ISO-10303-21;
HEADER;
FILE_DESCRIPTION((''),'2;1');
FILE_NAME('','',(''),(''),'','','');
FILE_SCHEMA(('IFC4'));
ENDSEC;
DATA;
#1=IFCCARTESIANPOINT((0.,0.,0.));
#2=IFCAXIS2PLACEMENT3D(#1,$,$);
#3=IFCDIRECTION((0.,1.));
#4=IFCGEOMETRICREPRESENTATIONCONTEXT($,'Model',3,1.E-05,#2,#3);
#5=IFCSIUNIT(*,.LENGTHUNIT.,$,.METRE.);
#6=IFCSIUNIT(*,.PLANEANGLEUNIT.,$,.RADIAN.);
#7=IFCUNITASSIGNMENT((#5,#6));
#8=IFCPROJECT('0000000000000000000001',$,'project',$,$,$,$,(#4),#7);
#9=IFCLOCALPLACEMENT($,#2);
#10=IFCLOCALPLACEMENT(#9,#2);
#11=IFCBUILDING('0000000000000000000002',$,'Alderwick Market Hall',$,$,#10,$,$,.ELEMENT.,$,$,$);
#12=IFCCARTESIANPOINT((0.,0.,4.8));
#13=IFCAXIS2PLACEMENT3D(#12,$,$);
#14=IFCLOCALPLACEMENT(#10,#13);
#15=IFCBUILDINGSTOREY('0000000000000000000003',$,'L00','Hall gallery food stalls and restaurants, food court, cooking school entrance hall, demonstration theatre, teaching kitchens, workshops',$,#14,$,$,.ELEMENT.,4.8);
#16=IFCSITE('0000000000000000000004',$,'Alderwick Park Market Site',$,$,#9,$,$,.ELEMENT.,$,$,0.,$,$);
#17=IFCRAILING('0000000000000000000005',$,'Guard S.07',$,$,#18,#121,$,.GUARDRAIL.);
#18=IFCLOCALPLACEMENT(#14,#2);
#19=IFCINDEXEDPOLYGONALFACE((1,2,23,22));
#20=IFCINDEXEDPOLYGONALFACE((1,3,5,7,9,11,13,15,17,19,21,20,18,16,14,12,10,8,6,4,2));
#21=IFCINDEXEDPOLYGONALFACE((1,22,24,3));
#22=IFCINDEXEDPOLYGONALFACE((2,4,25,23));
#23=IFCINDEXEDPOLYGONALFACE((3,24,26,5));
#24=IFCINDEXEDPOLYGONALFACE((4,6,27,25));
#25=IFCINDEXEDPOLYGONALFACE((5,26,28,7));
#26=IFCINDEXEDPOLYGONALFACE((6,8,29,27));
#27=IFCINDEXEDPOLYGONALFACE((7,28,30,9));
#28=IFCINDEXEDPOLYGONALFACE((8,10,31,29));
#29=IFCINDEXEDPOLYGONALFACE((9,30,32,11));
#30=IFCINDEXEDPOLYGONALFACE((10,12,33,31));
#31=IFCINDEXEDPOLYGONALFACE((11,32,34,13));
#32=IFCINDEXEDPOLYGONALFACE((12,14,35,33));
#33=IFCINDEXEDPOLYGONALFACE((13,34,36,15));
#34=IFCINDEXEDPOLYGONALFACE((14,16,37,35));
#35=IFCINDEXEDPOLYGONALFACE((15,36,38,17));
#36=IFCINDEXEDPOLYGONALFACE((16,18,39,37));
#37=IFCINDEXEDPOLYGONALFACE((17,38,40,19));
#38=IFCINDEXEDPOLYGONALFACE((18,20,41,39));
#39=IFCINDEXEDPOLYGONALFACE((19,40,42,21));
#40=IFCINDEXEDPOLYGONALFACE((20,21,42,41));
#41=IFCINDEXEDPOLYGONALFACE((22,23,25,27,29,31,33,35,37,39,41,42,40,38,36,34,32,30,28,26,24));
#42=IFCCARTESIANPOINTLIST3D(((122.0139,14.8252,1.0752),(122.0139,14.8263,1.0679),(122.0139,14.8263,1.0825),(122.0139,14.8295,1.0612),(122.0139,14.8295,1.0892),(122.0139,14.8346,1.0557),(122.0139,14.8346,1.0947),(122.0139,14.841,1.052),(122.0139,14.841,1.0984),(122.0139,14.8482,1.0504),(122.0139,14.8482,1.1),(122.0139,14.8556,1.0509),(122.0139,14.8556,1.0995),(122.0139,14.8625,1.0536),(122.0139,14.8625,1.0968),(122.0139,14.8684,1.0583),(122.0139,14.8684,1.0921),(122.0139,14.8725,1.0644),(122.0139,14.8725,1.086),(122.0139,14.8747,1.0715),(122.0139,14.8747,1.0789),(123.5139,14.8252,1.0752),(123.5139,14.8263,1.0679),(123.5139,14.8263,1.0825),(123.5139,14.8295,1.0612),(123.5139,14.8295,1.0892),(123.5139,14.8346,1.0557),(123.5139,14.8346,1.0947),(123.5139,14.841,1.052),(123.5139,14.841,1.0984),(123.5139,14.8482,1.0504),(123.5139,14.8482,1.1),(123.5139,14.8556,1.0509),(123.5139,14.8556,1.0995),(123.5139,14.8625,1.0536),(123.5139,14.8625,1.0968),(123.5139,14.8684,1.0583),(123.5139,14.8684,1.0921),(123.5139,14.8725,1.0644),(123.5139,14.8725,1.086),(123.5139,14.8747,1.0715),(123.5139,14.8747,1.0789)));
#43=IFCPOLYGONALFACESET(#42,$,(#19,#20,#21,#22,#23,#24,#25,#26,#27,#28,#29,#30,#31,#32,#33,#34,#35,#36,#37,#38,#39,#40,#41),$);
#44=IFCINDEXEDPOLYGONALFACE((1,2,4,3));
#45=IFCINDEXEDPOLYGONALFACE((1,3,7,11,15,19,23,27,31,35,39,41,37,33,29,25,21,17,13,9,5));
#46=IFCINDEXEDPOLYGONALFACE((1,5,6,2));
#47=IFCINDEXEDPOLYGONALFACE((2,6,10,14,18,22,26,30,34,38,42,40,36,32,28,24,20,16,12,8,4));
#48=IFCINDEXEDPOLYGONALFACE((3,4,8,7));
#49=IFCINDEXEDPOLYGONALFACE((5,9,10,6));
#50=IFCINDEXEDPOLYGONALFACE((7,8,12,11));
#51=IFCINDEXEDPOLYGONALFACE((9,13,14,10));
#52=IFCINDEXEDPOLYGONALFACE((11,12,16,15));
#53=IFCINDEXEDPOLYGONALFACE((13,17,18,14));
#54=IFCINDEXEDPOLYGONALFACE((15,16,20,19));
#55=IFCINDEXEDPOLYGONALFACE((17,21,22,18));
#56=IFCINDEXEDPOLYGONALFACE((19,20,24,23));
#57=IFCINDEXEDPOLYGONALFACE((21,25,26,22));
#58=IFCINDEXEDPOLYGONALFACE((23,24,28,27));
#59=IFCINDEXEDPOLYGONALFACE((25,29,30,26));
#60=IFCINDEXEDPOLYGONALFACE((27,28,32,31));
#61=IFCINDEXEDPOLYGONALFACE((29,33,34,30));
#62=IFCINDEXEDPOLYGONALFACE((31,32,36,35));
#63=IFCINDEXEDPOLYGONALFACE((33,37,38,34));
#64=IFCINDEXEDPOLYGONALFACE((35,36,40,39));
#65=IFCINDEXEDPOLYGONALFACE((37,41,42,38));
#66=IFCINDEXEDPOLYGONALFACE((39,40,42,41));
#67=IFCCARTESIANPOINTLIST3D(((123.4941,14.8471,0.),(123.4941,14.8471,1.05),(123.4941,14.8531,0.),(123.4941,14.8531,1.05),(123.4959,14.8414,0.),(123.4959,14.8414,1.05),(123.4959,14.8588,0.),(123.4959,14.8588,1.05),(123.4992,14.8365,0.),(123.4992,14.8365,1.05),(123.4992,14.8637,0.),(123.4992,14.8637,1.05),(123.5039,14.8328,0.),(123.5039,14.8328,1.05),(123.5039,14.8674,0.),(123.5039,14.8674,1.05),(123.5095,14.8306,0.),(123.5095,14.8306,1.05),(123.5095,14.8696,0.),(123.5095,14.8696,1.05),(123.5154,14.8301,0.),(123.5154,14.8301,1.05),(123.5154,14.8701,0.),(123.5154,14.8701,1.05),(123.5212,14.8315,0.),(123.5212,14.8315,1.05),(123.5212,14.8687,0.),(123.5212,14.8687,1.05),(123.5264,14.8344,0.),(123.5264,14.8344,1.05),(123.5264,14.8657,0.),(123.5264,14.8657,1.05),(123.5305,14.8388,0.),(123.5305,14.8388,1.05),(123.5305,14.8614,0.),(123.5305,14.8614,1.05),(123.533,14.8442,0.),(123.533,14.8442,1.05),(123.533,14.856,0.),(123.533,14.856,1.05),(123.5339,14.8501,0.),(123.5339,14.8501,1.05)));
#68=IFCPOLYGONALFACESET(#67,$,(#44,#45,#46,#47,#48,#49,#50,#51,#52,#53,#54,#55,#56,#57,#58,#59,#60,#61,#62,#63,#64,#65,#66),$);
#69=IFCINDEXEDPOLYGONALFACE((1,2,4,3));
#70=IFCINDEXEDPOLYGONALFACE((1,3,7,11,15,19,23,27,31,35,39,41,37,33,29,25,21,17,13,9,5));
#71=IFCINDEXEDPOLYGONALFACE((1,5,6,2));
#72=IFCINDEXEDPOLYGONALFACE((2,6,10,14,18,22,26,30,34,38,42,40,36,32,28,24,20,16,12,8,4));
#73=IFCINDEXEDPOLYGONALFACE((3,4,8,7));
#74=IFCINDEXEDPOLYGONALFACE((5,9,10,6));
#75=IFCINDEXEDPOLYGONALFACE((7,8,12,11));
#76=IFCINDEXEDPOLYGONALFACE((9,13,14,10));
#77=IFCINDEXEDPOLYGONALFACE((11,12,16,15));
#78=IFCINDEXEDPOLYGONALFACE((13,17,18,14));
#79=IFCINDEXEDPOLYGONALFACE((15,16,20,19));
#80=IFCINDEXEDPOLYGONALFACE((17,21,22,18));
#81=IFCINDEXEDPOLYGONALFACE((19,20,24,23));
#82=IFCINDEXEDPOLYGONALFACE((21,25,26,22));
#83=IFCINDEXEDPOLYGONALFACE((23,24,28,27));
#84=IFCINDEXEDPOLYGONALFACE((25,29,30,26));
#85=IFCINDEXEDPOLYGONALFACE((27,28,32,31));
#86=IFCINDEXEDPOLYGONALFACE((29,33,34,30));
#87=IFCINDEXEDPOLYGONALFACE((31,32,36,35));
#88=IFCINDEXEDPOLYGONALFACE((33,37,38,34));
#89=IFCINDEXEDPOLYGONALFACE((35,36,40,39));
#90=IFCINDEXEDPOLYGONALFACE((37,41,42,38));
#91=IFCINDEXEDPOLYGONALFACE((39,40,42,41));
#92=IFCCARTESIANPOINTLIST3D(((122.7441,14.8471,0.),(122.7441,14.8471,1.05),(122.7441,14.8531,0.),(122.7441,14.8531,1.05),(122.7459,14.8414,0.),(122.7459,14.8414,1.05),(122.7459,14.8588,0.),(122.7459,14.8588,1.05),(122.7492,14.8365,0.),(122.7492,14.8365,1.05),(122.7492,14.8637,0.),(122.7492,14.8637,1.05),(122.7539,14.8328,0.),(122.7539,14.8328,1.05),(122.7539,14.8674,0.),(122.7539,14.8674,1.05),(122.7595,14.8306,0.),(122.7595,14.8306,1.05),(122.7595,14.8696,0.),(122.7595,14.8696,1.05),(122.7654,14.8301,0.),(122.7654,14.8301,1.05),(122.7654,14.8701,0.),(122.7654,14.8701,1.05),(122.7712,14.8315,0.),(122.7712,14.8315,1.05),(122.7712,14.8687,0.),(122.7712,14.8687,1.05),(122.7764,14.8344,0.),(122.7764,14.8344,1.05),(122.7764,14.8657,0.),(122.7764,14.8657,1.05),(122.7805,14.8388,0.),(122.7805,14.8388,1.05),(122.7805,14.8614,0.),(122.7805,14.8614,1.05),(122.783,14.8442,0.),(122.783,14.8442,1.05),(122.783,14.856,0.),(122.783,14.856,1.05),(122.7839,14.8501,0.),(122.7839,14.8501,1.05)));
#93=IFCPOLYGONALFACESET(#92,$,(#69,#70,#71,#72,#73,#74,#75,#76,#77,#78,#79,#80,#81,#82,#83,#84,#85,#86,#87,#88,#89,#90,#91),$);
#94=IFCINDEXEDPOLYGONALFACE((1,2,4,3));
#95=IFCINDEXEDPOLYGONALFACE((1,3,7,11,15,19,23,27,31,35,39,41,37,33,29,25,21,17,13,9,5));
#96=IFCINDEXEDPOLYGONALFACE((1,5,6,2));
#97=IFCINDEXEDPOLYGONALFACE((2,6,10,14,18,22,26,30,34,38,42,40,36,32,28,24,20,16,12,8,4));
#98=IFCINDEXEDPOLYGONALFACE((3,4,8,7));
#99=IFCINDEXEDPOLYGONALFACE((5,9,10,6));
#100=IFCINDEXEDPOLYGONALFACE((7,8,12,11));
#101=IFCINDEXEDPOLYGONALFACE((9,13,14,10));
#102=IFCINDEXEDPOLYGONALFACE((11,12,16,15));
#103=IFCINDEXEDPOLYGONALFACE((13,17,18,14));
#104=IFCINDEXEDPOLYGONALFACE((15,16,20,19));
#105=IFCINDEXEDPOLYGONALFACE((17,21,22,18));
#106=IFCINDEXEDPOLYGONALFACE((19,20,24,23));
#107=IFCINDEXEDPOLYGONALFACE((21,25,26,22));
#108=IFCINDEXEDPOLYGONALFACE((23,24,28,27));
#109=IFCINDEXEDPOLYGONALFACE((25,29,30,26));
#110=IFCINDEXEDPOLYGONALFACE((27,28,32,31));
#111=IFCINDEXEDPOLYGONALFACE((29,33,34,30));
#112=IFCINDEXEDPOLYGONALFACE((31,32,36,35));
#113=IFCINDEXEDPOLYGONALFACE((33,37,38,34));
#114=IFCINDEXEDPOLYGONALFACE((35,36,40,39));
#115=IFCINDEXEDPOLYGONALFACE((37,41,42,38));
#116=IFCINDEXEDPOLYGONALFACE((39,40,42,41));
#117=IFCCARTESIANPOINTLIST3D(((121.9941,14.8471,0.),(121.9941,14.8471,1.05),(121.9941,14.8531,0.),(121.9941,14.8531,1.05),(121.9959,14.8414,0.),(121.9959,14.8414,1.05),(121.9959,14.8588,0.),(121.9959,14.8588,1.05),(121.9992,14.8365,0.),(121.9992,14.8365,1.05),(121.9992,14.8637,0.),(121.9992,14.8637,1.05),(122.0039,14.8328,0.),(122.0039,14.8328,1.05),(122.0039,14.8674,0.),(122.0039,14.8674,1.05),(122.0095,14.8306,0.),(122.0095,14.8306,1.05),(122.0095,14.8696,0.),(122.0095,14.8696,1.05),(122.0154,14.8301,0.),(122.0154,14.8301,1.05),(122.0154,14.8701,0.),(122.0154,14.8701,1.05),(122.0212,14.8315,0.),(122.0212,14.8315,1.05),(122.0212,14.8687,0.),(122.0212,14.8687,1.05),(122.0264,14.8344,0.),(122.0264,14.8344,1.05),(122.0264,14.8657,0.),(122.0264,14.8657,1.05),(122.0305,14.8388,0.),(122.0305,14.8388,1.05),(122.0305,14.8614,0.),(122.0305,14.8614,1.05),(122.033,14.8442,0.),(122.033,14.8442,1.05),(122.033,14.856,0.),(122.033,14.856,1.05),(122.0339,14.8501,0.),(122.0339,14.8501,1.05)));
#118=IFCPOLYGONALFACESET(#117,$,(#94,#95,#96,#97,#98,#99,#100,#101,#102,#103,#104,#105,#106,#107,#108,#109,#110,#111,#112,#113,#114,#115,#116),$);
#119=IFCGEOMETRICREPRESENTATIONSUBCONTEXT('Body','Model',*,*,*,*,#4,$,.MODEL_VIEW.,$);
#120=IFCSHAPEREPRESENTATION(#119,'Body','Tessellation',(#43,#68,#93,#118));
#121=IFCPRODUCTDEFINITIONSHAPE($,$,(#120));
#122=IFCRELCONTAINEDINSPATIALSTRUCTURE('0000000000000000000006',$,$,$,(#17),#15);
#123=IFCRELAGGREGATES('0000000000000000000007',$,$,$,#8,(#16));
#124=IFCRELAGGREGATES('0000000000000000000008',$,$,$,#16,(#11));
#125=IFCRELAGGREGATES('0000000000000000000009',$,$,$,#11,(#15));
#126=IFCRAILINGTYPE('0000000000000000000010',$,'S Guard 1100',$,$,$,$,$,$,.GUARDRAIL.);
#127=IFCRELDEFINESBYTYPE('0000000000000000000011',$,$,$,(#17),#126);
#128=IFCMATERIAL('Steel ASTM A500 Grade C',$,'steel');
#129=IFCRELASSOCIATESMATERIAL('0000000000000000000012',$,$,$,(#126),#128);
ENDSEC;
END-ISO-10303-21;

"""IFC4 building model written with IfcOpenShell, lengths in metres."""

from ifc_helpers import new_model, si_unit, direction, frame, origin, origin_2d, place, context, subcontext, project, spatial, circle, extrude, material, type_object, element, save


model = new_model("IFC4")

# Units and contexts
model_context = context("Model", 3, precision=1e-05, world=origin(), true_north=direction((0.0, 1.0)))
body_context = subcontext(model_context, "Body", "Model", "MODEL_VIEW")
ifc_project = project(units=[si_unit("LENGTHUNIT", "METRE"), si_unit("PLANEANGLEUNIT", "RADIAN")], contexts=[model_context])

# Site, building, storey
site_placement = place(None, origin())
site = spatial("IfcSite", under=ifc_project, at=site_placement, Name="Alderwick Park Market Site", CompositionType="ELEMENT", RefElevation=0.0)
building_placement = place(site_placement, origin())
building = spatial("IfcBuilding", under=site, at=building_placement, Name="Alderwick Market Hall", CompositionType="ELEMENT")
storey_placement = place(building_placement, frame((0.0, 0.0, 4.8)))
storey = spatial("IfcBuildingStorey", under=building, at=storey_placement, Name="L00", Description="Hall gallery food stalls and restaurants, food court, cooking school entrance hall, demonstration theatre, teaching kitchens, workshops", CompositionType="ELEMENT", Elevation=4.8)

# Shared definitions
ifc_material_1 = material(Name="Steel ASTM A500 Grade C", Category="steel")

# Railing
railing_type_1 = type_object("IfcRailingType", Name="S Guard 1100", PredefinedType="GUARDRAIL", material=ifc_material_1)
railing_1_placement = place(storey_placement, frame((123.5139, 14.8501, 0.0)))
element("IfcRailing", 1, at=railing_1_placement, inside=storey, type_object=railing_type_1, Name="Guard S.07", PredefinedType="GUARDRAIL", context=body_context, shape_type="SweptSolid", body=[
    extrude(circle(Radius=0.0249, at=origin_2d()), frame((0.0, 0.0, 1.0752), z_axis=(-1.0, 0.0, 0.0), x_axis=(0.0, -1.0, 0.0)), (0.0, 0.0, 1.0), 1.5),
    extrude(circle(Radius=0.02, at=origin_2d()), origin(), (0.0, 0.0, 1.0), 1.05),
    extrude(circle(Radius=0.02, at=origin_2d()), frame((-0.75, 0.0, 0.0)), (0.0, 0.0, 1.0), 1.05),
    extrude(circle(Radius=0.02, at=origin_2d()), frame((-1.5, 0.0, 0.0)), (0.0, 0.0, 1.0), 1.05),
])

save(model, "model.ifc")
